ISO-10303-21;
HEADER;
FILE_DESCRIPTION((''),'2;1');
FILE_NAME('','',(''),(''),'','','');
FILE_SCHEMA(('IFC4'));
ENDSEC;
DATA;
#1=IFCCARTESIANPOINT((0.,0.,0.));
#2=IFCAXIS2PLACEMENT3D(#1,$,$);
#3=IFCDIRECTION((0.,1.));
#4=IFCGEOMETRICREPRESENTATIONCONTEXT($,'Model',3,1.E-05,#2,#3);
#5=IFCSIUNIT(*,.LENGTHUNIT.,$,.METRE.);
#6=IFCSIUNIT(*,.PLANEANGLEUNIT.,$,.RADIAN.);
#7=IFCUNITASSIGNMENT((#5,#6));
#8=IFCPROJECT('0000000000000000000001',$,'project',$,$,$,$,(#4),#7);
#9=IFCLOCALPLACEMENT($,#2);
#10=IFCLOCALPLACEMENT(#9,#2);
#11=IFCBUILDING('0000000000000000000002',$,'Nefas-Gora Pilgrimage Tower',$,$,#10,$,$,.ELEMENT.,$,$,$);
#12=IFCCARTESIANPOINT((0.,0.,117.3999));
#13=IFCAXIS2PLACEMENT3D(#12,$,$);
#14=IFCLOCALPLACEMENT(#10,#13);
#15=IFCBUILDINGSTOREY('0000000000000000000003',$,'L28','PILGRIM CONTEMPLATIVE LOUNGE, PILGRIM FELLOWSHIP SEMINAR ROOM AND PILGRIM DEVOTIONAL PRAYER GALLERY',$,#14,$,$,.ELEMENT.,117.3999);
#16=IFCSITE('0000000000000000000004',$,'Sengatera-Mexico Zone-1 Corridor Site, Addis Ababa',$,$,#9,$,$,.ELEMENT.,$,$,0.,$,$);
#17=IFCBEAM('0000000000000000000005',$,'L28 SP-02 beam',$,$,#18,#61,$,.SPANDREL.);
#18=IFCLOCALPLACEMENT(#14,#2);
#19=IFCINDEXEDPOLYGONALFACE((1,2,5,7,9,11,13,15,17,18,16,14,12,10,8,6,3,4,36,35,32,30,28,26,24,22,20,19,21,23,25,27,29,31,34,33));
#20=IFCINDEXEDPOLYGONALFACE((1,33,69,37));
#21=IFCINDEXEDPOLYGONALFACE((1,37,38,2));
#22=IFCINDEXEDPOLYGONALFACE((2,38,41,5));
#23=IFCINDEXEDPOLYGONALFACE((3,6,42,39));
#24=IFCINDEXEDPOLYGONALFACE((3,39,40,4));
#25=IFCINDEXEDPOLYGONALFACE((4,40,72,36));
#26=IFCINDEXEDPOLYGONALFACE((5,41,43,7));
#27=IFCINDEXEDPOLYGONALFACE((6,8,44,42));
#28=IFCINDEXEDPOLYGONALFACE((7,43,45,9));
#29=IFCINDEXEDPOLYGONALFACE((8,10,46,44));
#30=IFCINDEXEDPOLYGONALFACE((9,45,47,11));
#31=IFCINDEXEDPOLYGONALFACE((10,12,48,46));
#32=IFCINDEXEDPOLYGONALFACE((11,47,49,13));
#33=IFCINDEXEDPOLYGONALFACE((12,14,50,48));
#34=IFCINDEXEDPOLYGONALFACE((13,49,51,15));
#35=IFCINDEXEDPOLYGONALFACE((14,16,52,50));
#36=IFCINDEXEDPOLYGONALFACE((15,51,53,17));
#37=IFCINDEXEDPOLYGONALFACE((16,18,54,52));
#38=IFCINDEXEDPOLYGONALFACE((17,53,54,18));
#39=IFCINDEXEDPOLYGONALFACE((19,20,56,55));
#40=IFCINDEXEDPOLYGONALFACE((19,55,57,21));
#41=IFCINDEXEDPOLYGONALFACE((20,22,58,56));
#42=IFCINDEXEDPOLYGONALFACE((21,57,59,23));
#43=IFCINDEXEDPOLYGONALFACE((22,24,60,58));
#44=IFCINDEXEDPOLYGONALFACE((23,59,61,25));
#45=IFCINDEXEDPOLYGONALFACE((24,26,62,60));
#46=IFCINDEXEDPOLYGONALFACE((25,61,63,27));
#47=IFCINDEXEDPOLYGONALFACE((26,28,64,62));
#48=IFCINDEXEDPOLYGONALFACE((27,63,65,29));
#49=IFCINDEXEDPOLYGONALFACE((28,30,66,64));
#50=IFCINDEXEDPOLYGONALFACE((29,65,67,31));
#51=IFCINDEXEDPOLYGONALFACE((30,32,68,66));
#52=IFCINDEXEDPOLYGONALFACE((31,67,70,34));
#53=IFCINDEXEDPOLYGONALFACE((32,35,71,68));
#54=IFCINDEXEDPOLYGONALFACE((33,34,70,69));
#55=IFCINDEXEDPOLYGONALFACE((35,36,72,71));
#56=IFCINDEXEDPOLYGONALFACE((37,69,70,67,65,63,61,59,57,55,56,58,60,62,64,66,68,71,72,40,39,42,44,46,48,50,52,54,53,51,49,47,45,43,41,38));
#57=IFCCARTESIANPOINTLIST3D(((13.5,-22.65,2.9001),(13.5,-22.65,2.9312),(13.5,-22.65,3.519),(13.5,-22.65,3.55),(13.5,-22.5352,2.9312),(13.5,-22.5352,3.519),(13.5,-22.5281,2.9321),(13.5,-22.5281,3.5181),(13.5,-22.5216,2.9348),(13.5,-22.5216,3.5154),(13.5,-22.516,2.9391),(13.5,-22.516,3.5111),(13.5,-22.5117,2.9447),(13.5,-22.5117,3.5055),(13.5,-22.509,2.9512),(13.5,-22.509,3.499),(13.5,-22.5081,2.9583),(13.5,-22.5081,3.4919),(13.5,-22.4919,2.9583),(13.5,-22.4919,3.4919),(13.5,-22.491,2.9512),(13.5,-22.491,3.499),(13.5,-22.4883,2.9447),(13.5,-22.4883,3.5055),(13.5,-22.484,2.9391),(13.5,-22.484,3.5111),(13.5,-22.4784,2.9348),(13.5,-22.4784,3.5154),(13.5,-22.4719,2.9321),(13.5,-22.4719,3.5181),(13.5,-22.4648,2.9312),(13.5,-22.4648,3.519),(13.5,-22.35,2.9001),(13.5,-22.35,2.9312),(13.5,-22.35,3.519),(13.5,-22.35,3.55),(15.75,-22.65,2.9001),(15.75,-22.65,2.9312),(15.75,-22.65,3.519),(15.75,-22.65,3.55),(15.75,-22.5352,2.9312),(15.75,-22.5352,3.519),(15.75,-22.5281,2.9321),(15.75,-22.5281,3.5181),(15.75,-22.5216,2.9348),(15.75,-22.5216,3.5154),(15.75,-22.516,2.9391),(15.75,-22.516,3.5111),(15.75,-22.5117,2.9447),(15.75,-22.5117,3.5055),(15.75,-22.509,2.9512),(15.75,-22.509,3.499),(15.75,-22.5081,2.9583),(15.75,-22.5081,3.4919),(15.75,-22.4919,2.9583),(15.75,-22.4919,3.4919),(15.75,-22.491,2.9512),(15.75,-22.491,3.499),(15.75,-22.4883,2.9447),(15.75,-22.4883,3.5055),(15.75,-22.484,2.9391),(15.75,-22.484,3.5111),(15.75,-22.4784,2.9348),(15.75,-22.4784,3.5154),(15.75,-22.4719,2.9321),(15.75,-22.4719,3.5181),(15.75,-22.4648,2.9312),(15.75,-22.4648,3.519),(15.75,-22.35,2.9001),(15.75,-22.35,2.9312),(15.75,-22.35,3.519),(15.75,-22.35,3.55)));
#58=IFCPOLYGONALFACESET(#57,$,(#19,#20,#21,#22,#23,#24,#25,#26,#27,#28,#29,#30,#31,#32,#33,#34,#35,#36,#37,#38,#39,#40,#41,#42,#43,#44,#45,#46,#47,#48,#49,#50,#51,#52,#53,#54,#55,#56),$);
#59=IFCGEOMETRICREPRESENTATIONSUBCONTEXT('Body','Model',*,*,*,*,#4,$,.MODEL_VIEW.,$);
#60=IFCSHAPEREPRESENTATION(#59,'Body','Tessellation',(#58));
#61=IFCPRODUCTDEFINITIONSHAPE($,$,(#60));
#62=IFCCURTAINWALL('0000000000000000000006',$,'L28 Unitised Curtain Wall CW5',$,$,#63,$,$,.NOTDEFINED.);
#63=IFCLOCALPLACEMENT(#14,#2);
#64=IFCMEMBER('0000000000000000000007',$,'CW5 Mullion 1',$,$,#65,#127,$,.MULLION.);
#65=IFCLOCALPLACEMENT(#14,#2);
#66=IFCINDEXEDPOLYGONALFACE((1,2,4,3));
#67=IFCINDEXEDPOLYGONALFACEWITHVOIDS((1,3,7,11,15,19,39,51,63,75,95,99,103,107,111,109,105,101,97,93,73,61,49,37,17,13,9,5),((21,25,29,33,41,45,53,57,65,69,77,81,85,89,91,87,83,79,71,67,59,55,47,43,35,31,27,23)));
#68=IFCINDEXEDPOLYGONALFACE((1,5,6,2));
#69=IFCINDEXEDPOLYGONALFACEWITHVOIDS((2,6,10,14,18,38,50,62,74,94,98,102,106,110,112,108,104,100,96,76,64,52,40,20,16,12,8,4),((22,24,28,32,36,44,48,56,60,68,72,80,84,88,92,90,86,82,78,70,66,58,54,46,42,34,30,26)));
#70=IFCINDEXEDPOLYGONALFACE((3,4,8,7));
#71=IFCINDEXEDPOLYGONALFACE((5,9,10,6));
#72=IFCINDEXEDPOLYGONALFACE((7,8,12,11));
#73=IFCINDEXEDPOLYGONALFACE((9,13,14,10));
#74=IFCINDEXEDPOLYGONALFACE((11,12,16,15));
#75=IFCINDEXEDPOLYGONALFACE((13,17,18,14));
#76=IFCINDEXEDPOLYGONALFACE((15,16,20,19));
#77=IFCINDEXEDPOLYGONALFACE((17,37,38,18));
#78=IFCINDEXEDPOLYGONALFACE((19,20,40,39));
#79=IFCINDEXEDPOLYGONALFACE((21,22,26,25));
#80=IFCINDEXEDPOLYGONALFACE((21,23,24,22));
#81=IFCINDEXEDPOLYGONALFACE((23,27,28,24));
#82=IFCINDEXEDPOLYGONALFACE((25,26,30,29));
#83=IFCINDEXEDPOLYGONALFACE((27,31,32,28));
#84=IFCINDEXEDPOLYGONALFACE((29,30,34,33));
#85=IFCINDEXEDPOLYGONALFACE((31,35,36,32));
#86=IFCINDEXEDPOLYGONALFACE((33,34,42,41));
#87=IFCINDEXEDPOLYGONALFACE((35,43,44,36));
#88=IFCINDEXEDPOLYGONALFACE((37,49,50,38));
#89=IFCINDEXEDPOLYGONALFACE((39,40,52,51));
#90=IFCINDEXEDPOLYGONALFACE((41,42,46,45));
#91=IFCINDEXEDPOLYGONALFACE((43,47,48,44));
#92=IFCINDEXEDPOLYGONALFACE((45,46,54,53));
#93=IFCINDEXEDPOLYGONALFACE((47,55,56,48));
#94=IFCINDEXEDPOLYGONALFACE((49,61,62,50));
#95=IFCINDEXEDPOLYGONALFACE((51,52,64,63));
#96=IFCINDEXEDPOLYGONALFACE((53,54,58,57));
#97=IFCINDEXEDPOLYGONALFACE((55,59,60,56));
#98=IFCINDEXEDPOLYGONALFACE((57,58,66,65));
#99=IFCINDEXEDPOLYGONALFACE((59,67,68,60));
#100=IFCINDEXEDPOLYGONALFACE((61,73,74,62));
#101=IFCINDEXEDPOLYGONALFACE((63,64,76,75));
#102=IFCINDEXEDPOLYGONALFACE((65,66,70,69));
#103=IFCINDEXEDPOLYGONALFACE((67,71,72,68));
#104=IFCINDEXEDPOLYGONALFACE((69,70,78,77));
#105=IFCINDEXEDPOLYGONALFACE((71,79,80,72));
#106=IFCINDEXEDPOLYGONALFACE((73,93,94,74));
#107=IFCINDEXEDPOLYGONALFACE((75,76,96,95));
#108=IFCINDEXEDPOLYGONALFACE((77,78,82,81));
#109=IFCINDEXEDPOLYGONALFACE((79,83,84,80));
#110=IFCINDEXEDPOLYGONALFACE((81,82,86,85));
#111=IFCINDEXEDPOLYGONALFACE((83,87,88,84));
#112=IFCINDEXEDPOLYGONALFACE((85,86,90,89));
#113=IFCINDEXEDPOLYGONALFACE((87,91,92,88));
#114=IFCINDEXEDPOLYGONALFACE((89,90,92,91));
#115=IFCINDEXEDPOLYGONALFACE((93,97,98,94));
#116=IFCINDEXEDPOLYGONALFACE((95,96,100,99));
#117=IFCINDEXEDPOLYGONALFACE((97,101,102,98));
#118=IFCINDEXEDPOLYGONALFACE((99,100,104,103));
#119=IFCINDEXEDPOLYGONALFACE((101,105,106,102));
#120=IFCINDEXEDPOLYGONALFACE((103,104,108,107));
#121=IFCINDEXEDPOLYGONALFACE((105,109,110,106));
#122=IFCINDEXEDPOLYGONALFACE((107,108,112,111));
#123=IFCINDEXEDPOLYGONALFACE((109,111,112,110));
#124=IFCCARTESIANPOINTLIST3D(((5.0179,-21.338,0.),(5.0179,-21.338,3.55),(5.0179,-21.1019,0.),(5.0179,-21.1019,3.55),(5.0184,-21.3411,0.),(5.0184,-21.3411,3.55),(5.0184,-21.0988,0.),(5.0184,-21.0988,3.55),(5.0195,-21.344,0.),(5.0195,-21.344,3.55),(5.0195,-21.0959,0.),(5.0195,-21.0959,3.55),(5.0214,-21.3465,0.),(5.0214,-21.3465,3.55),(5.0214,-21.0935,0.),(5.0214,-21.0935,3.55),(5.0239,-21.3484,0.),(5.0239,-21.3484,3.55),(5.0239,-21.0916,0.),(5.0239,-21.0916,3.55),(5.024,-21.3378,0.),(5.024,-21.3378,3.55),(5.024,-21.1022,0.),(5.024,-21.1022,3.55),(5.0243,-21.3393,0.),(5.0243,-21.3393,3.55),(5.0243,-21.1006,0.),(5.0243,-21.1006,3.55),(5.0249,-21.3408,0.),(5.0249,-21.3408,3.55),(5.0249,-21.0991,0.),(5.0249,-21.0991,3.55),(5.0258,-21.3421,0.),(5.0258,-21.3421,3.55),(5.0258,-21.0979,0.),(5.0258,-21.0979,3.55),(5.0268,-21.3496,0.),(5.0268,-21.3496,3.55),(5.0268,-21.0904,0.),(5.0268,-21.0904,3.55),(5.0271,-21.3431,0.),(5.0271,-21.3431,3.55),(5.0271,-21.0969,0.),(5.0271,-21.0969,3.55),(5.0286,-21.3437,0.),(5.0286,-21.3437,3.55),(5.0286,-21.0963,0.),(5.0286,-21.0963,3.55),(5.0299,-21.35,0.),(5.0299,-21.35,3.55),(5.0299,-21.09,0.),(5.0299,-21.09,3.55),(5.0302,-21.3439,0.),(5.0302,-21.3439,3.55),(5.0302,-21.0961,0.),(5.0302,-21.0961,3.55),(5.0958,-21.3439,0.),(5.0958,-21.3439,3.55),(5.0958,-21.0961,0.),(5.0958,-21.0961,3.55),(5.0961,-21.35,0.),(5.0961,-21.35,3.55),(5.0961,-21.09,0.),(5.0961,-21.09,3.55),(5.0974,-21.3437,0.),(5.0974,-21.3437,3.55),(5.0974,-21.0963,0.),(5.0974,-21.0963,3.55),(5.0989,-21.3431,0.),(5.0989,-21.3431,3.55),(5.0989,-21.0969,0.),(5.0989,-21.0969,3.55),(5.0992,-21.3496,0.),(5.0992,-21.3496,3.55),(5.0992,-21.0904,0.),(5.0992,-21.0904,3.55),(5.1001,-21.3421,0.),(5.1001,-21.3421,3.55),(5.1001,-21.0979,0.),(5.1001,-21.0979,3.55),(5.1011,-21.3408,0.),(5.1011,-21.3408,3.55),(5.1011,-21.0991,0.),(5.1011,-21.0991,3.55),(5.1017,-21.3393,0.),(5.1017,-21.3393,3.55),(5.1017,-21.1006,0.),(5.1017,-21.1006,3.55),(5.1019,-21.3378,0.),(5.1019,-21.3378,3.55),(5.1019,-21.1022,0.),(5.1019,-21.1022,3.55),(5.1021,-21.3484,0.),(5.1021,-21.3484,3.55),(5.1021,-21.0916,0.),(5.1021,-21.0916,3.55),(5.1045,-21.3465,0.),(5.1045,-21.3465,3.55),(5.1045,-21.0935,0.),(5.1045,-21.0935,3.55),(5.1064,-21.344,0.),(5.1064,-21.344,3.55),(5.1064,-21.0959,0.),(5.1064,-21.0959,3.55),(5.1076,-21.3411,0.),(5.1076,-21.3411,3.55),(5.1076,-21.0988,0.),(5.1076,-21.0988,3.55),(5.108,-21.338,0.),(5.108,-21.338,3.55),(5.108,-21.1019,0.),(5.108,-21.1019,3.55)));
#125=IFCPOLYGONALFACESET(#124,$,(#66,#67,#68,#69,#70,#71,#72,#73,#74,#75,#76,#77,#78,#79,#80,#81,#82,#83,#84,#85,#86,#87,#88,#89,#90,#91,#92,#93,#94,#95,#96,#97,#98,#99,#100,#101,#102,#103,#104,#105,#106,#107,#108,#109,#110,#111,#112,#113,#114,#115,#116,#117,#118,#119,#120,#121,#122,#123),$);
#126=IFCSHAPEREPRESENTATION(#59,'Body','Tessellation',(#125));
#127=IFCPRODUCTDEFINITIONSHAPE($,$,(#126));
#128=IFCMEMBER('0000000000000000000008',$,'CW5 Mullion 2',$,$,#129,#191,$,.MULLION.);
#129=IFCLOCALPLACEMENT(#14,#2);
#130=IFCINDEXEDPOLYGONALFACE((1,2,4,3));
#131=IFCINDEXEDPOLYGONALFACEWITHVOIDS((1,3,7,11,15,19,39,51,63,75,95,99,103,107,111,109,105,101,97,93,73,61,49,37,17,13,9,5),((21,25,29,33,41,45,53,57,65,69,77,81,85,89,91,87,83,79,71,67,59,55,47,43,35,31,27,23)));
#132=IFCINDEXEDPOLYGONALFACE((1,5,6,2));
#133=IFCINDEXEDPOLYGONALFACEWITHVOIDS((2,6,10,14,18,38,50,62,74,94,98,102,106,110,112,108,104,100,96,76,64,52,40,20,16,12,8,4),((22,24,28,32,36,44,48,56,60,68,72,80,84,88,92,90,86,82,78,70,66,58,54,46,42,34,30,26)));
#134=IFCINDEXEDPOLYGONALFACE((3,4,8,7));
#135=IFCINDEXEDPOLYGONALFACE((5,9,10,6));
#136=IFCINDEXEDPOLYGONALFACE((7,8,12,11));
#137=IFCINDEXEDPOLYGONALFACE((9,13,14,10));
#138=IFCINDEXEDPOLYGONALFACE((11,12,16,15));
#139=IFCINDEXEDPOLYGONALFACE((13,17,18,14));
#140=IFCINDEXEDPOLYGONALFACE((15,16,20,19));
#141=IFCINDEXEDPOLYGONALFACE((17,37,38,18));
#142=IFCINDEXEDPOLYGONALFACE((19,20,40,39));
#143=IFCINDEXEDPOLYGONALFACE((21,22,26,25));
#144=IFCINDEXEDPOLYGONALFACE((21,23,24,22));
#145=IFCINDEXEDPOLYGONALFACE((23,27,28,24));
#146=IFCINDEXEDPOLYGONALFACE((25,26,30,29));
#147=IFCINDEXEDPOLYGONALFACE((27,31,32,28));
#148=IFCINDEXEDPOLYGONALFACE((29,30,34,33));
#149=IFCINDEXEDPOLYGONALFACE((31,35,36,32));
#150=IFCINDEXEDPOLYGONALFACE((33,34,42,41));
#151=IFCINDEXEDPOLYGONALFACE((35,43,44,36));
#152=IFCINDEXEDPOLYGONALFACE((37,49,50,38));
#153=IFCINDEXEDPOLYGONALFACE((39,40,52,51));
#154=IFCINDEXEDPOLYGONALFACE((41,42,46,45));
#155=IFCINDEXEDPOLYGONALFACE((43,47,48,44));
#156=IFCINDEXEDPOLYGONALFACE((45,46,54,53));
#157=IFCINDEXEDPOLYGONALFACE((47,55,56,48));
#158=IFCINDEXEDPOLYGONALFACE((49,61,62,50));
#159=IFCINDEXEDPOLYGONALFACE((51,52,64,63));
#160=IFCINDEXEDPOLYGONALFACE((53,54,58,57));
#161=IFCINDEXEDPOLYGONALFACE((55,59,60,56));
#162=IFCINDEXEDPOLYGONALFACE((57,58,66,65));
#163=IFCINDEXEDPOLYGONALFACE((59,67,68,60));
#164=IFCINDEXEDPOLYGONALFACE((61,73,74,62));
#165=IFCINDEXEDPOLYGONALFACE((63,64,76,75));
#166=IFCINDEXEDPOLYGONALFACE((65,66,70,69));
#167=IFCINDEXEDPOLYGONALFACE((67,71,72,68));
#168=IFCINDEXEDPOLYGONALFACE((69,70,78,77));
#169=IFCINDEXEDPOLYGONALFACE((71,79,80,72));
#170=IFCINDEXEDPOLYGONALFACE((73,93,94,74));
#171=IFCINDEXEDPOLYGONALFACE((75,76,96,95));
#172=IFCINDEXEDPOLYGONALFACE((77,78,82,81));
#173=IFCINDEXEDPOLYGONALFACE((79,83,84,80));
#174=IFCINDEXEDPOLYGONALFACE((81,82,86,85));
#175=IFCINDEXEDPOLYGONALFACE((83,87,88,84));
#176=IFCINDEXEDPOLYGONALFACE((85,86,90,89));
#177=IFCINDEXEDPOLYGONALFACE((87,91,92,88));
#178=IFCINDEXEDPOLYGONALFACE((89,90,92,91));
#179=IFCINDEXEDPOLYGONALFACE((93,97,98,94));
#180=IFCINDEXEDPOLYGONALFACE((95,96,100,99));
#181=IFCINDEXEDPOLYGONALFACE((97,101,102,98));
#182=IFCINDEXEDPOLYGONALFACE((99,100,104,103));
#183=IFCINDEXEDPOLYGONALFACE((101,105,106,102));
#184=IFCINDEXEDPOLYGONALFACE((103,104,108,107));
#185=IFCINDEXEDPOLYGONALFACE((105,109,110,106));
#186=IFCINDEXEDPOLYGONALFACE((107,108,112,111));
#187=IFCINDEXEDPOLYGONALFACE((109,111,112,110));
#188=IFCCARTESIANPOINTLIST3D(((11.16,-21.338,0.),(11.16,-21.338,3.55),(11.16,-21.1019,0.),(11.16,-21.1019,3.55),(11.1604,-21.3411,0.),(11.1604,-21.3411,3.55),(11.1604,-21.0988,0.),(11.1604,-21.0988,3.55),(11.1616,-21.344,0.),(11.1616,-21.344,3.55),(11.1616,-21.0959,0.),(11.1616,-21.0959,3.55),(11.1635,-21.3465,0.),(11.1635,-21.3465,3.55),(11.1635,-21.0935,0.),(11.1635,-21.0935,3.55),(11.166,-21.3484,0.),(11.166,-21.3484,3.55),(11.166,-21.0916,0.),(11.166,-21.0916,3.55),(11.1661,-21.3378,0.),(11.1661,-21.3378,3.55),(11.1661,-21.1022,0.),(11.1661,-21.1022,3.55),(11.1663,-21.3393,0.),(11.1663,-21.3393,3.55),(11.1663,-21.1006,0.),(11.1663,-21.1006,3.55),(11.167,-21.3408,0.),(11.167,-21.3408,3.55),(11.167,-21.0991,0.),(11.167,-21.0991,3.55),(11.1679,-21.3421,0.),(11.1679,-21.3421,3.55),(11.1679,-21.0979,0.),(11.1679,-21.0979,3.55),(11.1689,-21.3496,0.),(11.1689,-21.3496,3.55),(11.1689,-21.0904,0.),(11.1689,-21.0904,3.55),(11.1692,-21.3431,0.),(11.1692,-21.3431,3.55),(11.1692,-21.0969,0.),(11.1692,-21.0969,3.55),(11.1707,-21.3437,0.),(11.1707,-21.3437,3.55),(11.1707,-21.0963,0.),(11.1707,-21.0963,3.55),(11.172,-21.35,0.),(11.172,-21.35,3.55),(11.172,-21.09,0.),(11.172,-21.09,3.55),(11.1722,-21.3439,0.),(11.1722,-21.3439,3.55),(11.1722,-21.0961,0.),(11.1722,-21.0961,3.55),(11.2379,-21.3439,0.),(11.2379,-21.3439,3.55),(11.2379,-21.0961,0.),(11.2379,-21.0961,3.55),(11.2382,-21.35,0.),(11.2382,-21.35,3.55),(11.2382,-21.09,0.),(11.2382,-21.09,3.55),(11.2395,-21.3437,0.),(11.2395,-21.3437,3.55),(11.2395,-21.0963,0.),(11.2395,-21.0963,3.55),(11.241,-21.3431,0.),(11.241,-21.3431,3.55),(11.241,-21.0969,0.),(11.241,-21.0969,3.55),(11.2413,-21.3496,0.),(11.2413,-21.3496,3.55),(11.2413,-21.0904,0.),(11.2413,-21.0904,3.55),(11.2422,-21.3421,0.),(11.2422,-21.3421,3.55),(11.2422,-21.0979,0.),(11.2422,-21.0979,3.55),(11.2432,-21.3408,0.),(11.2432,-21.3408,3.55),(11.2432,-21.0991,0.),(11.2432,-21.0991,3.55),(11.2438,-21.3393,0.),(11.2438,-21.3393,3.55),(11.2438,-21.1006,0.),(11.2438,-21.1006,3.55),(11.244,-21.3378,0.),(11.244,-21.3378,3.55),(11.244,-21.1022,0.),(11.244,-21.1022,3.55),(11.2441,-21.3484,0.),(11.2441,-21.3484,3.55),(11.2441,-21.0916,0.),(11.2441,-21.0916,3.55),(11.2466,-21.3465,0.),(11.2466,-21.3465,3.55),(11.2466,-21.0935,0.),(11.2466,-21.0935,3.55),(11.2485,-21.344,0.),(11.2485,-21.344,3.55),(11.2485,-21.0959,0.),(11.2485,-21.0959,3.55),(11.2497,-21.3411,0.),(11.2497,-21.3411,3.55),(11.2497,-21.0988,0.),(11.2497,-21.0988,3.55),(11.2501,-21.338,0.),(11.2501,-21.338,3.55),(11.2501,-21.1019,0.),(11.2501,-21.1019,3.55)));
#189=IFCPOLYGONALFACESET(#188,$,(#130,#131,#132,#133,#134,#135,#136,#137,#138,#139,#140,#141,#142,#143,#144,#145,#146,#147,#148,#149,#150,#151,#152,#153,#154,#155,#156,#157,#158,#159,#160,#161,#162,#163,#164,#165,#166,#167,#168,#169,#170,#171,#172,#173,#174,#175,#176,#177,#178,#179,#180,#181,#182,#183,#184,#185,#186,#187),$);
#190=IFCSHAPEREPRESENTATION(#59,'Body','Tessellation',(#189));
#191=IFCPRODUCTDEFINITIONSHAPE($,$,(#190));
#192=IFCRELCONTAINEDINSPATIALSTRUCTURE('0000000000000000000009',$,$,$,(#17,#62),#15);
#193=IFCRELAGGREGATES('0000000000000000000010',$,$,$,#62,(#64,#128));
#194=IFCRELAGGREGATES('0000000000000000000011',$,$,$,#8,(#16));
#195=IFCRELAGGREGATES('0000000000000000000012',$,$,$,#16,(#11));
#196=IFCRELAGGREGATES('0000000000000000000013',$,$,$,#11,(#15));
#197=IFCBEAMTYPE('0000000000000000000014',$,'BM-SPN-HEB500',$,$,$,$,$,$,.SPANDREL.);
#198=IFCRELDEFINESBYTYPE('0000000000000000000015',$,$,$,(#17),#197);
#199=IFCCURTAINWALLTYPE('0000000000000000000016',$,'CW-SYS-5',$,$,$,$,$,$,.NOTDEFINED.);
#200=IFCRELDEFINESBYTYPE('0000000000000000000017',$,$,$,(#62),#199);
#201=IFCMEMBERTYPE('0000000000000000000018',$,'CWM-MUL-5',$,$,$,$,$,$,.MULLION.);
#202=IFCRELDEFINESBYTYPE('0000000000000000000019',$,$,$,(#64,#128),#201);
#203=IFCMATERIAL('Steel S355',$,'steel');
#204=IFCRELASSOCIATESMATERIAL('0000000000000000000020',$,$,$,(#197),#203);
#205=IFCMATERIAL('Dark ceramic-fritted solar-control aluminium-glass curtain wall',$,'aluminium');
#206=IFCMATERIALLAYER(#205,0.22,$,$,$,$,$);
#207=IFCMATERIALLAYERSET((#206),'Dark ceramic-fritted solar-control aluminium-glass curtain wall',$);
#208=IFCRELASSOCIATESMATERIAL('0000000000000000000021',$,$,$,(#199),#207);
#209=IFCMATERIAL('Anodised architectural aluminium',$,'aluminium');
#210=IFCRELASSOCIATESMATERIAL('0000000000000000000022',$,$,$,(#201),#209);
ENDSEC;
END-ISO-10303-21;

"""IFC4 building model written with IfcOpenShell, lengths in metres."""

from ifc_helpers import new_model, si_unit, direction, frame, origin, origin_2d, place, context, subcontext, project, spatial, hollow_rectangle, i_section, extrude, source, transform, mapped, material, layer, layer_set, material_profile, profile_set, type_object, element, aggregate, save


model = new_model("IFC4")

# Units and contexts
model_context = context("Model", 3, precision=1e-05, world=origin(), true_north=direction((0.0, 1.0)))
body_context = subcontext(model_context, "Body", "Model", "MODEL_VIEW")
ifc_project = project(units=[si_unit("LENGTHUNIT", "METRE"), si_unit("PLANEANGLEUNIT", "RADIAN")], contexts=[model_context])

# Site, building, storey
site_placement = place(None, origin())
site = spatial("IfcSite", under=ifc_project, at=site_placement, Name="Sengatera-Mexico Zone-1 Corridor Site, Addis Ababa", CompositionType="ELEMENT", RefElevation=0.0)
building_placement = place(site_placement, origin())
building = spatial("IfcBuilding", under=site, at=building_placement, Name="Nefas-Gora Pilgrimage Tower", CompositionType="ELEMENT")
storey_placement = place(building_placement, frame((0.0, 0.0, 117.3999)))
storey = spatial("IfcBuildingStorey", under=building, at=storey_placement, Name="L28", Description="PILGRIM CONTEMPLATIVE LOUNGE, PILGRIM FELLOWSHIP SEMINAR ROOM AND PILGRIM DEVOTIONAL PRAYER GALLERY", CompositionType="ELEMENT", Elevation=117.3999)

# Beam
ifc_material_1 = material(Name="Steel S355", Category="steel")
ifc_material_profile_1 = material_profile(ifc_material_1, i_section(OverallWidth=0.3, OverallDepth=0.6499, WebThickness=0.0161, FlangeThickness=0.031, FilletRadius=0.0271, at=origin_2d()), Name="HEB 650")
ifc_profile_set_1 = profile_set([ifc_material_profile_1], Name="Steel S355")
beam_type_1 = type_object("IfcBeamType", Name="BM-SPN-HEB500", PredefinedType="SPANDREL", material=ifc_profile_set_1)
shared_shape_1 = source(origin(), body_context, "Body", "SweptSolid", [
    extrude(i_section(OverallWidth=0.3, OverallDepth=0.6499, WebThickness=0.0161, FlangeThickness=0.031, FilletRadius=0.0271, at=origin_2d()), origin(), (0.0, 0.0, 1.0), 2.25),
])
beam_1_placement = place(storey_placement, frame((13.5, -22.5, 3.2251), z_axis=(1.0, 0.0, 0.0), x_axis=(0.0, 1.0, 0.0)))
element("IfcBeam", 1, at=beam_1_placement, inside=storey, type_object=beam_type_1, Name="L28 SP-02 beam", PredefinedType="SPANDREL", context=body_context, shape_type="MappedRepresentation", body=[
    mapped(shared_shape_1, transform((0.0, 0.0, 0.0), x_axis=(1.0, 0.0, 0.0), y_axis=(0.0, 1.0, 0.0), z_axis=(0.0, 0.0, 1.0), scale=1.0)),
])

# Curtain wall, members
ifc_material_2 = material(Name="Dark ceramic-fritted solar-control aluminium-glass curtain wall", Category="aluminium")
ifc_layer_1 = layer(ifc_material_2, 0.22)
ifc_layer_set_1 = layer_set([ifc_layer_1], Name="Dark ceramic-fritted solar-control aluminium-glass curtain wall")
curtain_wall_type_1 = type_object("IfcCurtainWallType", Name="CW-SYS-5", PredefinedType="NOTDEFINED", material=ifc_layer_set_1)
curtain_wall_1_placement = place(storey_placement, origin())
curtain_wall_1 = element("IfcCurtainWall", 2, at=curtain_wall_1_placement, inside=storey, type_object=curtain_wall_type_1, Name="L28 Unitised Curtain Wall CW5", PredefinedType="NOTDEFINED")
ifc_material_3 = material(Name="Anodised architectural aluminium", Category="aluminium")
ifc_material_profile_2 = material_profile(ifc_material_3, hollow_rectangle(XDim=0.0901, YDim=0.26, WallThickness=0.0061, InnerFilletRadius=0.0061, OuterFilletRadius=0.012, at=origin_2d()), Name="ALU MULLION 90x260")
ifc_profile_set_2 = profile_set([ifc_material_profile_2], Name="Anodised architectural aluminium")
member_type_1 = type_object("IfcMemberType", Name="CWM-MUL-5", PredefinedType="MULLION", material=ifc_profile_set_2)
shared_shape_2 = source(origin(), body_context, "Body", "SweptSolid", [
    extrude(hollow_rectangle(XDim=0.0901, YDim=0.26, WallThickness=0.0061, InnerFilletRadius=0.0061, OuterFilletRadius=0.012, at=origin_2d()), origin(), (0.0, 0.0, 1.0), 3.55),
])
member_1_placement = place(storey_placement, frame((5.063, -21.22, 0.0), z_axis=(0.0, 0.0, 1.0), x_axis=(1.0, 0.0, 0.0)))
member_1 = element("IfcMember", 3, at=member_1_placement, type_object=member_type_1, Name="CW5 Mullion 1", PredefinedType="MULLION", context=body_context, shape_type="MappedRepresentation", body=[
    mapped(shared_shape_2, transform((0.0, 0.0, 0.0), x_axis=(1.0, 0.0, 0.0), y_axis=(0.0, 1.0, 0.0), z_axis=(0.0, 0.0, 1.0), scale=1.0)),
])
member_2_placement = place(storey_placement, frame((11.2051, -21.22, 0.0), z_axis=(0.0, 0.0, 1.0), x_axis=(1.0, 0.0, 0.0)))
member_2 = element("IfcMember", 4, at=member_2_placement, type_object=member_type_1, Name="CW5 Mullion 2", PredefinedType="MULLION", context=body_context, shape_type="MappedRepresentation", body=[
    mapped(shared_shape_2, transform((0.0, 0.0, 0.0), x_axis=(1.0, 0.0, 0.0), y_axis=(0.0, 1.0, 0.0), z_axis=(0.0, 0.0, 1.0), scale=1.0)),
])

aggregate(curtain_wall_1, [member_1, member_2])

save(model, "model.ifc")
